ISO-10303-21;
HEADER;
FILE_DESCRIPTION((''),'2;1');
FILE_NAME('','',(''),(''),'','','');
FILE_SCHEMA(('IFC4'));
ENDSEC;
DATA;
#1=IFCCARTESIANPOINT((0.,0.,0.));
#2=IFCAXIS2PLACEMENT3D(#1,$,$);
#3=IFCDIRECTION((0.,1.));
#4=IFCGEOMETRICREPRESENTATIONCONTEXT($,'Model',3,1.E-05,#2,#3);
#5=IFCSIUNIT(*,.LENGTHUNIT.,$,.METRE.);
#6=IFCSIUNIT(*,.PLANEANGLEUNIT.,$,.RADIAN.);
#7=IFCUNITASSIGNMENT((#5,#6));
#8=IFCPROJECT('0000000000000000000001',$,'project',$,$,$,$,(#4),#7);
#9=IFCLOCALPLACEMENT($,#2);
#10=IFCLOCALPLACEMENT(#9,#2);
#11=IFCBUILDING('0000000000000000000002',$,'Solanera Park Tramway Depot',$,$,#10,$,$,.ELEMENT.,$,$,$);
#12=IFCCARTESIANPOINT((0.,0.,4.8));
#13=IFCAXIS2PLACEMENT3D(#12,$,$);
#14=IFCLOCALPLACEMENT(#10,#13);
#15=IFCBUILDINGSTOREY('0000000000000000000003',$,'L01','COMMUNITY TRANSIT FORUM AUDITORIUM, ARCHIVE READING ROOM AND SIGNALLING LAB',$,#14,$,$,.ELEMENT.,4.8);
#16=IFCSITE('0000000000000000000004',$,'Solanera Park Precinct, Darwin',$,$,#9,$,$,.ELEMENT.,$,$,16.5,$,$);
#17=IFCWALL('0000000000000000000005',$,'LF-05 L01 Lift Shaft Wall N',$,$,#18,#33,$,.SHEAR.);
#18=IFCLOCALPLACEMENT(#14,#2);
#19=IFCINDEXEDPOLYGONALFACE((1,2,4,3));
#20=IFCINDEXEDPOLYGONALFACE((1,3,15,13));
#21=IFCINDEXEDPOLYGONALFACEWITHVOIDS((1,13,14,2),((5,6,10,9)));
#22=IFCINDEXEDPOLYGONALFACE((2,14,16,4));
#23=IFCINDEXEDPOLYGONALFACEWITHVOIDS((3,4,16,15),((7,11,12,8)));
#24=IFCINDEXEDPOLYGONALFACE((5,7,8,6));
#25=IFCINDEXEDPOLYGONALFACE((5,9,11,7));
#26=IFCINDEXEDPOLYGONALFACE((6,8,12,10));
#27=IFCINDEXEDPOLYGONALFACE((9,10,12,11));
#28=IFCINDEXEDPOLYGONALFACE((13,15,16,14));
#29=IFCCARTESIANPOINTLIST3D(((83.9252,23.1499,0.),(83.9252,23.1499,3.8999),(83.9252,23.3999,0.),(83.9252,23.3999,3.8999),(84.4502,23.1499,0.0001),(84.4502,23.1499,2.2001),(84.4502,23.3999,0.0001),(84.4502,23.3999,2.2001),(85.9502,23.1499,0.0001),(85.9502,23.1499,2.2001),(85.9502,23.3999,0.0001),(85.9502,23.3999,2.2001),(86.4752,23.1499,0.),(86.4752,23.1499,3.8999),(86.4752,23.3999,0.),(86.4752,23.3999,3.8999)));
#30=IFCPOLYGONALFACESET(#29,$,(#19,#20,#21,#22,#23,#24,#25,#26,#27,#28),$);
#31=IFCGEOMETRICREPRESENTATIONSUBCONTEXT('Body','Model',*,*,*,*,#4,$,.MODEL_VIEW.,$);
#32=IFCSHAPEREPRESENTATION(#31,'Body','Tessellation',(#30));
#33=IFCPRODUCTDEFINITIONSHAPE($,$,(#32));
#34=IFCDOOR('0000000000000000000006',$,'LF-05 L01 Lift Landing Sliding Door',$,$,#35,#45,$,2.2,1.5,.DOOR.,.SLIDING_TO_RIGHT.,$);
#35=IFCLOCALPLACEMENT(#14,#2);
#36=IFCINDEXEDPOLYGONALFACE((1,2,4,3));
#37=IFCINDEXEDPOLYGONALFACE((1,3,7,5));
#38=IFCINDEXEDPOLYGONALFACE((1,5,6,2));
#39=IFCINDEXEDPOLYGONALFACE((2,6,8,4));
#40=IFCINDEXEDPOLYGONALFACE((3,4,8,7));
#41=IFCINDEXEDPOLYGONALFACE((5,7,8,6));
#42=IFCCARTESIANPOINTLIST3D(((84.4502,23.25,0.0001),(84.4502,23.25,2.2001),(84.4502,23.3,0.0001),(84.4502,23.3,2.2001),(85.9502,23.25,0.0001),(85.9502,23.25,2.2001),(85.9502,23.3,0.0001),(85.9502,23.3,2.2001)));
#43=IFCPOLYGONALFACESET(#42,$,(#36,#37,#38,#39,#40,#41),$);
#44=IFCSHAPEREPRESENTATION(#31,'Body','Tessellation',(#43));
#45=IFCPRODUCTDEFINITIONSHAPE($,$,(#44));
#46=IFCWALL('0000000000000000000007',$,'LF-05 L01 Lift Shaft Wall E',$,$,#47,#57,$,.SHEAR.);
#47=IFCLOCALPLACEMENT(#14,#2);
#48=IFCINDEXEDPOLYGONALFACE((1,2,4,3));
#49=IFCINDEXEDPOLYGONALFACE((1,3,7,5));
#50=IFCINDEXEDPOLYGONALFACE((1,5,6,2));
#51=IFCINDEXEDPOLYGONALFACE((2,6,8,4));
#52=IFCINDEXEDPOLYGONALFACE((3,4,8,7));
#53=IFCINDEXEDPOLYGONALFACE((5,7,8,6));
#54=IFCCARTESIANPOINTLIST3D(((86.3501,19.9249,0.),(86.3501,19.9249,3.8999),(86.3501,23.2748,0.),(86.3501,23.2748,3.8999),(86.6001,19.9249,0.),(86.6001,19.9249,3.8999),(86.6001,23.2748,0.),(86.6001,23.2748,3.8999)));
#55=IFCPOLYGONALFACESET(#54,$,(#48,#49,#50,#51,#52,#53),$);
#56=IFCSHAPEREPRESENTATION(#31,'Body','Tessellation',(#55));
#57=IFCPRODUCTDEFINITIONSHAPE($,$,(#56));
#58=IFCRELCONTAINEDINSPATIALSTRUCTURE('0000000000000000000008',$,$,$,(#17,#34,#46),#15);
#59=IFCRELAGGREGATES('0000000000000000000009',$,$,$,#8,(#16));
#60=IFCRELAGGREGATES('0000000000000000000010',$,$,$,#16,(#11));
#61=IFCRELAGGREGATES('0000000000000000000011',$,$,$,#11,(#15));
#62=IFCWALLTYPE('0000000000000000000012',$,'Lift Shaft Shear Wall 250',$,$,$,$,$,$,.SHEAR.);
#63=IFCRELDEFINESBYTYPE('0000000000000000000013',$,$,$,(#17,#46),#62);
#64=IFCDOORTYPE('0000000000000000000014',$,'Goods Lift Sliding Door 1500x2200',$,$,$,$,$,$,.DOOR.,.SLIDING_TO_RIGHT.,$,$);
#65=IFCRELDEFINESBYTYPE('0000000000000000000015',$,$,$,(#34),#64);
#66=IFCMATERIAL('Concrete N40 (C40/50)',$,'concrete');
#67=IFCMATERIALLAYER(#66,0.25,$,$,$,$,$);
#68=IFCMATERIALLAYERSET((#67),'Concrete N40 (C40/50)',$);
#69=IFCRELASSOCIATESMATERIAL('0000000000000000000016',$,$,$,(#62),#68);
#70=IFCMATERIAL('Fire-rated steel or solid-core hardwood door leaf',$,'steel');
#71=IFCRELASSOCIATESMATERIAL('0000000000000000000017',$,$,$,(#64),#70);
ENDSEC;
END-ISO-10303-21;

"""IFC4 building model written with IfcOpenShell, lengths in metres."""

from ifc_helpers import new_model, si_unit, direction, frame, frame_2d, origin, place, context, subcontext, project, spatial, rectangle, extrude, material, layer, layer_set, type_object, element, fill, save


model = new_model("IFC4")

# Units and contexts
model_context = context("Model", 3, precision=1e-05, world=origin(), true_north=direction((0.0, 1.0)))
body_context = subcontext(model_context, "Body", "Model", "MODEL_VIEW")
ifc_project = project(units=[si_unit("LENGTHUNIT", "METRE"), si_unit("PLANEANGLEUNIT", "RADIAN")], contexts=[model_context])

# Site, building, storey
site_placement = place(None, origin())
site = spatial("IfcSite", under=ifc_project, at=site_placement, Name="Solanera Park Precinct, Darwin", CompositionType="ELEMENT", RefElevation=16.5)
building_placement = place(site_placement, origin())
building = spatial("IfcBuilding", under=site, at=building_placement, Name="Solanera Park Tramway Depot", CompositionType="ELEMENT")
storey_placement = place(building_placement, frame((0.0, 0.0, 4.8)))
storey = spatial("IfcBuildingStorey", under=building, at=storey_placement, Name="L01", Description="COMMUNITY TRANSIT FORUM AUDITORIUM, ARCHIVE READING ROOM AND SIGNALLING LAB", CompositionType="ELEMENT", Elevation=4.8)

# Wall, opening, door
ifc_material_1 = material(Name="Concrete N40 (C40/50)", Category="concrete")
ifc_layer_1 = layer(ifc_material_1, 0.25)
ifc_layer_set_1 = layer_set([ifc_layer_1], Name="Concrete N40 (C40/50)")
wall_type = type_object("IfcWallType", Name="Lift Shaft Shear Wall 250", PredefinedType="SHEAR", material=ifc_layer_set_1)
wall_1_placement = place(storey_placement, frame((86.4751, 23.2749, 0.0), z_axis=(0.0, 0.0, 1.0), x_axis=(-1.0, 0.0, 0.0)))
wall_1 = element("IfcWall", 1, at=wall_1_placement, inside=storey, type_object=wall_type, Name="LF-05 L01 Lift Shaft Wall N", PredefinedType="SHEAR", context=body_context, shape_type="SweptSolid", body=[
    extrude(rectangle(XDim=2.55, YDim=0.25, at=frame_2d((1.2749, 0.0))), origin(), (0.0, 0.0, 1.0), 3.8999),
])
opening_placement = place(wall_1_placement, frame((0.5249, 0.0, 0.0)))
opening = element("IfcOpeningElement", 2, at=opening_placement, cuts=wall_1, PredefinedType="OPENING", context=body_context, shape_type="SweptSolid", body=[
    extrude(rectangle(XDim=1.5, YDim=2.2, at=frame_2d((0.75, 1.1001))), frame((0.0, 0.135, 0.0), z_axis=(0.0, -1.0, 0.0), x_axis=(1.0, 0.0, 0.0)), (0.0, 0.0, 1.0), 0.27),
])
ifc_material_2 = material(Name="Fire-rated steel or solid-core hardwood door leaf", Category="steel")
door_type = type_object("IfcDoorType", Name="Goods Lift Sliding Door 1500x2200", OperationType="SLIDING_TO_RIGHT", PredefinedType="DOOR", material=ifc_material_2)
door_placement = place(opening_placement, origin())
door = element("IfcDoor", 3, at=door_placement, inside=storey, type_object=door_type, Name="LF-05 L01 Lift Landing Sliding Door", OperationType="SLIDING_TO_RIGHT", OverallHeight=2.2, OverallWidth=1.5, PredefinedType="DOOR", context=body_context, shape_type="SweptSolid", body=[
    extrude(rectangle(XDim=1.5, YDim=2.2, at=frame_2d((0.75, 1.1001))), frame((0.0, 0.0249, 0.0), z_axis=(0.0, -1.0, 0.0), x_axis=(1.0, 0.0, 0.0)), (0.0, 0.0, 1.0), 0.05),
])
fill(opening, door)

# Wall
wall_2_placement = place(storey_placement, frame((86.4751, 19.925, 0.0), z_axis=(0.0, 0.0, 1.0), x_axis=(0.0, 1.0, 0.0)))
element("IfcWall", 4, at=wall_2_placement, inside=storey, type_object=wall_type, Name="LF-05 L01 Lift Shaft Wall E", PredefinedType="SHEAR", context=body_context, shape_type="SweptSolid", body=[
    extrude(rectangle(XDim=3.3499, YDim=0.25, at=frame_2d((1.6748, 0.0))), origin(), (0.0, 0.0, 1.0), 3.8999),
])

save(model, "model.ifc")
